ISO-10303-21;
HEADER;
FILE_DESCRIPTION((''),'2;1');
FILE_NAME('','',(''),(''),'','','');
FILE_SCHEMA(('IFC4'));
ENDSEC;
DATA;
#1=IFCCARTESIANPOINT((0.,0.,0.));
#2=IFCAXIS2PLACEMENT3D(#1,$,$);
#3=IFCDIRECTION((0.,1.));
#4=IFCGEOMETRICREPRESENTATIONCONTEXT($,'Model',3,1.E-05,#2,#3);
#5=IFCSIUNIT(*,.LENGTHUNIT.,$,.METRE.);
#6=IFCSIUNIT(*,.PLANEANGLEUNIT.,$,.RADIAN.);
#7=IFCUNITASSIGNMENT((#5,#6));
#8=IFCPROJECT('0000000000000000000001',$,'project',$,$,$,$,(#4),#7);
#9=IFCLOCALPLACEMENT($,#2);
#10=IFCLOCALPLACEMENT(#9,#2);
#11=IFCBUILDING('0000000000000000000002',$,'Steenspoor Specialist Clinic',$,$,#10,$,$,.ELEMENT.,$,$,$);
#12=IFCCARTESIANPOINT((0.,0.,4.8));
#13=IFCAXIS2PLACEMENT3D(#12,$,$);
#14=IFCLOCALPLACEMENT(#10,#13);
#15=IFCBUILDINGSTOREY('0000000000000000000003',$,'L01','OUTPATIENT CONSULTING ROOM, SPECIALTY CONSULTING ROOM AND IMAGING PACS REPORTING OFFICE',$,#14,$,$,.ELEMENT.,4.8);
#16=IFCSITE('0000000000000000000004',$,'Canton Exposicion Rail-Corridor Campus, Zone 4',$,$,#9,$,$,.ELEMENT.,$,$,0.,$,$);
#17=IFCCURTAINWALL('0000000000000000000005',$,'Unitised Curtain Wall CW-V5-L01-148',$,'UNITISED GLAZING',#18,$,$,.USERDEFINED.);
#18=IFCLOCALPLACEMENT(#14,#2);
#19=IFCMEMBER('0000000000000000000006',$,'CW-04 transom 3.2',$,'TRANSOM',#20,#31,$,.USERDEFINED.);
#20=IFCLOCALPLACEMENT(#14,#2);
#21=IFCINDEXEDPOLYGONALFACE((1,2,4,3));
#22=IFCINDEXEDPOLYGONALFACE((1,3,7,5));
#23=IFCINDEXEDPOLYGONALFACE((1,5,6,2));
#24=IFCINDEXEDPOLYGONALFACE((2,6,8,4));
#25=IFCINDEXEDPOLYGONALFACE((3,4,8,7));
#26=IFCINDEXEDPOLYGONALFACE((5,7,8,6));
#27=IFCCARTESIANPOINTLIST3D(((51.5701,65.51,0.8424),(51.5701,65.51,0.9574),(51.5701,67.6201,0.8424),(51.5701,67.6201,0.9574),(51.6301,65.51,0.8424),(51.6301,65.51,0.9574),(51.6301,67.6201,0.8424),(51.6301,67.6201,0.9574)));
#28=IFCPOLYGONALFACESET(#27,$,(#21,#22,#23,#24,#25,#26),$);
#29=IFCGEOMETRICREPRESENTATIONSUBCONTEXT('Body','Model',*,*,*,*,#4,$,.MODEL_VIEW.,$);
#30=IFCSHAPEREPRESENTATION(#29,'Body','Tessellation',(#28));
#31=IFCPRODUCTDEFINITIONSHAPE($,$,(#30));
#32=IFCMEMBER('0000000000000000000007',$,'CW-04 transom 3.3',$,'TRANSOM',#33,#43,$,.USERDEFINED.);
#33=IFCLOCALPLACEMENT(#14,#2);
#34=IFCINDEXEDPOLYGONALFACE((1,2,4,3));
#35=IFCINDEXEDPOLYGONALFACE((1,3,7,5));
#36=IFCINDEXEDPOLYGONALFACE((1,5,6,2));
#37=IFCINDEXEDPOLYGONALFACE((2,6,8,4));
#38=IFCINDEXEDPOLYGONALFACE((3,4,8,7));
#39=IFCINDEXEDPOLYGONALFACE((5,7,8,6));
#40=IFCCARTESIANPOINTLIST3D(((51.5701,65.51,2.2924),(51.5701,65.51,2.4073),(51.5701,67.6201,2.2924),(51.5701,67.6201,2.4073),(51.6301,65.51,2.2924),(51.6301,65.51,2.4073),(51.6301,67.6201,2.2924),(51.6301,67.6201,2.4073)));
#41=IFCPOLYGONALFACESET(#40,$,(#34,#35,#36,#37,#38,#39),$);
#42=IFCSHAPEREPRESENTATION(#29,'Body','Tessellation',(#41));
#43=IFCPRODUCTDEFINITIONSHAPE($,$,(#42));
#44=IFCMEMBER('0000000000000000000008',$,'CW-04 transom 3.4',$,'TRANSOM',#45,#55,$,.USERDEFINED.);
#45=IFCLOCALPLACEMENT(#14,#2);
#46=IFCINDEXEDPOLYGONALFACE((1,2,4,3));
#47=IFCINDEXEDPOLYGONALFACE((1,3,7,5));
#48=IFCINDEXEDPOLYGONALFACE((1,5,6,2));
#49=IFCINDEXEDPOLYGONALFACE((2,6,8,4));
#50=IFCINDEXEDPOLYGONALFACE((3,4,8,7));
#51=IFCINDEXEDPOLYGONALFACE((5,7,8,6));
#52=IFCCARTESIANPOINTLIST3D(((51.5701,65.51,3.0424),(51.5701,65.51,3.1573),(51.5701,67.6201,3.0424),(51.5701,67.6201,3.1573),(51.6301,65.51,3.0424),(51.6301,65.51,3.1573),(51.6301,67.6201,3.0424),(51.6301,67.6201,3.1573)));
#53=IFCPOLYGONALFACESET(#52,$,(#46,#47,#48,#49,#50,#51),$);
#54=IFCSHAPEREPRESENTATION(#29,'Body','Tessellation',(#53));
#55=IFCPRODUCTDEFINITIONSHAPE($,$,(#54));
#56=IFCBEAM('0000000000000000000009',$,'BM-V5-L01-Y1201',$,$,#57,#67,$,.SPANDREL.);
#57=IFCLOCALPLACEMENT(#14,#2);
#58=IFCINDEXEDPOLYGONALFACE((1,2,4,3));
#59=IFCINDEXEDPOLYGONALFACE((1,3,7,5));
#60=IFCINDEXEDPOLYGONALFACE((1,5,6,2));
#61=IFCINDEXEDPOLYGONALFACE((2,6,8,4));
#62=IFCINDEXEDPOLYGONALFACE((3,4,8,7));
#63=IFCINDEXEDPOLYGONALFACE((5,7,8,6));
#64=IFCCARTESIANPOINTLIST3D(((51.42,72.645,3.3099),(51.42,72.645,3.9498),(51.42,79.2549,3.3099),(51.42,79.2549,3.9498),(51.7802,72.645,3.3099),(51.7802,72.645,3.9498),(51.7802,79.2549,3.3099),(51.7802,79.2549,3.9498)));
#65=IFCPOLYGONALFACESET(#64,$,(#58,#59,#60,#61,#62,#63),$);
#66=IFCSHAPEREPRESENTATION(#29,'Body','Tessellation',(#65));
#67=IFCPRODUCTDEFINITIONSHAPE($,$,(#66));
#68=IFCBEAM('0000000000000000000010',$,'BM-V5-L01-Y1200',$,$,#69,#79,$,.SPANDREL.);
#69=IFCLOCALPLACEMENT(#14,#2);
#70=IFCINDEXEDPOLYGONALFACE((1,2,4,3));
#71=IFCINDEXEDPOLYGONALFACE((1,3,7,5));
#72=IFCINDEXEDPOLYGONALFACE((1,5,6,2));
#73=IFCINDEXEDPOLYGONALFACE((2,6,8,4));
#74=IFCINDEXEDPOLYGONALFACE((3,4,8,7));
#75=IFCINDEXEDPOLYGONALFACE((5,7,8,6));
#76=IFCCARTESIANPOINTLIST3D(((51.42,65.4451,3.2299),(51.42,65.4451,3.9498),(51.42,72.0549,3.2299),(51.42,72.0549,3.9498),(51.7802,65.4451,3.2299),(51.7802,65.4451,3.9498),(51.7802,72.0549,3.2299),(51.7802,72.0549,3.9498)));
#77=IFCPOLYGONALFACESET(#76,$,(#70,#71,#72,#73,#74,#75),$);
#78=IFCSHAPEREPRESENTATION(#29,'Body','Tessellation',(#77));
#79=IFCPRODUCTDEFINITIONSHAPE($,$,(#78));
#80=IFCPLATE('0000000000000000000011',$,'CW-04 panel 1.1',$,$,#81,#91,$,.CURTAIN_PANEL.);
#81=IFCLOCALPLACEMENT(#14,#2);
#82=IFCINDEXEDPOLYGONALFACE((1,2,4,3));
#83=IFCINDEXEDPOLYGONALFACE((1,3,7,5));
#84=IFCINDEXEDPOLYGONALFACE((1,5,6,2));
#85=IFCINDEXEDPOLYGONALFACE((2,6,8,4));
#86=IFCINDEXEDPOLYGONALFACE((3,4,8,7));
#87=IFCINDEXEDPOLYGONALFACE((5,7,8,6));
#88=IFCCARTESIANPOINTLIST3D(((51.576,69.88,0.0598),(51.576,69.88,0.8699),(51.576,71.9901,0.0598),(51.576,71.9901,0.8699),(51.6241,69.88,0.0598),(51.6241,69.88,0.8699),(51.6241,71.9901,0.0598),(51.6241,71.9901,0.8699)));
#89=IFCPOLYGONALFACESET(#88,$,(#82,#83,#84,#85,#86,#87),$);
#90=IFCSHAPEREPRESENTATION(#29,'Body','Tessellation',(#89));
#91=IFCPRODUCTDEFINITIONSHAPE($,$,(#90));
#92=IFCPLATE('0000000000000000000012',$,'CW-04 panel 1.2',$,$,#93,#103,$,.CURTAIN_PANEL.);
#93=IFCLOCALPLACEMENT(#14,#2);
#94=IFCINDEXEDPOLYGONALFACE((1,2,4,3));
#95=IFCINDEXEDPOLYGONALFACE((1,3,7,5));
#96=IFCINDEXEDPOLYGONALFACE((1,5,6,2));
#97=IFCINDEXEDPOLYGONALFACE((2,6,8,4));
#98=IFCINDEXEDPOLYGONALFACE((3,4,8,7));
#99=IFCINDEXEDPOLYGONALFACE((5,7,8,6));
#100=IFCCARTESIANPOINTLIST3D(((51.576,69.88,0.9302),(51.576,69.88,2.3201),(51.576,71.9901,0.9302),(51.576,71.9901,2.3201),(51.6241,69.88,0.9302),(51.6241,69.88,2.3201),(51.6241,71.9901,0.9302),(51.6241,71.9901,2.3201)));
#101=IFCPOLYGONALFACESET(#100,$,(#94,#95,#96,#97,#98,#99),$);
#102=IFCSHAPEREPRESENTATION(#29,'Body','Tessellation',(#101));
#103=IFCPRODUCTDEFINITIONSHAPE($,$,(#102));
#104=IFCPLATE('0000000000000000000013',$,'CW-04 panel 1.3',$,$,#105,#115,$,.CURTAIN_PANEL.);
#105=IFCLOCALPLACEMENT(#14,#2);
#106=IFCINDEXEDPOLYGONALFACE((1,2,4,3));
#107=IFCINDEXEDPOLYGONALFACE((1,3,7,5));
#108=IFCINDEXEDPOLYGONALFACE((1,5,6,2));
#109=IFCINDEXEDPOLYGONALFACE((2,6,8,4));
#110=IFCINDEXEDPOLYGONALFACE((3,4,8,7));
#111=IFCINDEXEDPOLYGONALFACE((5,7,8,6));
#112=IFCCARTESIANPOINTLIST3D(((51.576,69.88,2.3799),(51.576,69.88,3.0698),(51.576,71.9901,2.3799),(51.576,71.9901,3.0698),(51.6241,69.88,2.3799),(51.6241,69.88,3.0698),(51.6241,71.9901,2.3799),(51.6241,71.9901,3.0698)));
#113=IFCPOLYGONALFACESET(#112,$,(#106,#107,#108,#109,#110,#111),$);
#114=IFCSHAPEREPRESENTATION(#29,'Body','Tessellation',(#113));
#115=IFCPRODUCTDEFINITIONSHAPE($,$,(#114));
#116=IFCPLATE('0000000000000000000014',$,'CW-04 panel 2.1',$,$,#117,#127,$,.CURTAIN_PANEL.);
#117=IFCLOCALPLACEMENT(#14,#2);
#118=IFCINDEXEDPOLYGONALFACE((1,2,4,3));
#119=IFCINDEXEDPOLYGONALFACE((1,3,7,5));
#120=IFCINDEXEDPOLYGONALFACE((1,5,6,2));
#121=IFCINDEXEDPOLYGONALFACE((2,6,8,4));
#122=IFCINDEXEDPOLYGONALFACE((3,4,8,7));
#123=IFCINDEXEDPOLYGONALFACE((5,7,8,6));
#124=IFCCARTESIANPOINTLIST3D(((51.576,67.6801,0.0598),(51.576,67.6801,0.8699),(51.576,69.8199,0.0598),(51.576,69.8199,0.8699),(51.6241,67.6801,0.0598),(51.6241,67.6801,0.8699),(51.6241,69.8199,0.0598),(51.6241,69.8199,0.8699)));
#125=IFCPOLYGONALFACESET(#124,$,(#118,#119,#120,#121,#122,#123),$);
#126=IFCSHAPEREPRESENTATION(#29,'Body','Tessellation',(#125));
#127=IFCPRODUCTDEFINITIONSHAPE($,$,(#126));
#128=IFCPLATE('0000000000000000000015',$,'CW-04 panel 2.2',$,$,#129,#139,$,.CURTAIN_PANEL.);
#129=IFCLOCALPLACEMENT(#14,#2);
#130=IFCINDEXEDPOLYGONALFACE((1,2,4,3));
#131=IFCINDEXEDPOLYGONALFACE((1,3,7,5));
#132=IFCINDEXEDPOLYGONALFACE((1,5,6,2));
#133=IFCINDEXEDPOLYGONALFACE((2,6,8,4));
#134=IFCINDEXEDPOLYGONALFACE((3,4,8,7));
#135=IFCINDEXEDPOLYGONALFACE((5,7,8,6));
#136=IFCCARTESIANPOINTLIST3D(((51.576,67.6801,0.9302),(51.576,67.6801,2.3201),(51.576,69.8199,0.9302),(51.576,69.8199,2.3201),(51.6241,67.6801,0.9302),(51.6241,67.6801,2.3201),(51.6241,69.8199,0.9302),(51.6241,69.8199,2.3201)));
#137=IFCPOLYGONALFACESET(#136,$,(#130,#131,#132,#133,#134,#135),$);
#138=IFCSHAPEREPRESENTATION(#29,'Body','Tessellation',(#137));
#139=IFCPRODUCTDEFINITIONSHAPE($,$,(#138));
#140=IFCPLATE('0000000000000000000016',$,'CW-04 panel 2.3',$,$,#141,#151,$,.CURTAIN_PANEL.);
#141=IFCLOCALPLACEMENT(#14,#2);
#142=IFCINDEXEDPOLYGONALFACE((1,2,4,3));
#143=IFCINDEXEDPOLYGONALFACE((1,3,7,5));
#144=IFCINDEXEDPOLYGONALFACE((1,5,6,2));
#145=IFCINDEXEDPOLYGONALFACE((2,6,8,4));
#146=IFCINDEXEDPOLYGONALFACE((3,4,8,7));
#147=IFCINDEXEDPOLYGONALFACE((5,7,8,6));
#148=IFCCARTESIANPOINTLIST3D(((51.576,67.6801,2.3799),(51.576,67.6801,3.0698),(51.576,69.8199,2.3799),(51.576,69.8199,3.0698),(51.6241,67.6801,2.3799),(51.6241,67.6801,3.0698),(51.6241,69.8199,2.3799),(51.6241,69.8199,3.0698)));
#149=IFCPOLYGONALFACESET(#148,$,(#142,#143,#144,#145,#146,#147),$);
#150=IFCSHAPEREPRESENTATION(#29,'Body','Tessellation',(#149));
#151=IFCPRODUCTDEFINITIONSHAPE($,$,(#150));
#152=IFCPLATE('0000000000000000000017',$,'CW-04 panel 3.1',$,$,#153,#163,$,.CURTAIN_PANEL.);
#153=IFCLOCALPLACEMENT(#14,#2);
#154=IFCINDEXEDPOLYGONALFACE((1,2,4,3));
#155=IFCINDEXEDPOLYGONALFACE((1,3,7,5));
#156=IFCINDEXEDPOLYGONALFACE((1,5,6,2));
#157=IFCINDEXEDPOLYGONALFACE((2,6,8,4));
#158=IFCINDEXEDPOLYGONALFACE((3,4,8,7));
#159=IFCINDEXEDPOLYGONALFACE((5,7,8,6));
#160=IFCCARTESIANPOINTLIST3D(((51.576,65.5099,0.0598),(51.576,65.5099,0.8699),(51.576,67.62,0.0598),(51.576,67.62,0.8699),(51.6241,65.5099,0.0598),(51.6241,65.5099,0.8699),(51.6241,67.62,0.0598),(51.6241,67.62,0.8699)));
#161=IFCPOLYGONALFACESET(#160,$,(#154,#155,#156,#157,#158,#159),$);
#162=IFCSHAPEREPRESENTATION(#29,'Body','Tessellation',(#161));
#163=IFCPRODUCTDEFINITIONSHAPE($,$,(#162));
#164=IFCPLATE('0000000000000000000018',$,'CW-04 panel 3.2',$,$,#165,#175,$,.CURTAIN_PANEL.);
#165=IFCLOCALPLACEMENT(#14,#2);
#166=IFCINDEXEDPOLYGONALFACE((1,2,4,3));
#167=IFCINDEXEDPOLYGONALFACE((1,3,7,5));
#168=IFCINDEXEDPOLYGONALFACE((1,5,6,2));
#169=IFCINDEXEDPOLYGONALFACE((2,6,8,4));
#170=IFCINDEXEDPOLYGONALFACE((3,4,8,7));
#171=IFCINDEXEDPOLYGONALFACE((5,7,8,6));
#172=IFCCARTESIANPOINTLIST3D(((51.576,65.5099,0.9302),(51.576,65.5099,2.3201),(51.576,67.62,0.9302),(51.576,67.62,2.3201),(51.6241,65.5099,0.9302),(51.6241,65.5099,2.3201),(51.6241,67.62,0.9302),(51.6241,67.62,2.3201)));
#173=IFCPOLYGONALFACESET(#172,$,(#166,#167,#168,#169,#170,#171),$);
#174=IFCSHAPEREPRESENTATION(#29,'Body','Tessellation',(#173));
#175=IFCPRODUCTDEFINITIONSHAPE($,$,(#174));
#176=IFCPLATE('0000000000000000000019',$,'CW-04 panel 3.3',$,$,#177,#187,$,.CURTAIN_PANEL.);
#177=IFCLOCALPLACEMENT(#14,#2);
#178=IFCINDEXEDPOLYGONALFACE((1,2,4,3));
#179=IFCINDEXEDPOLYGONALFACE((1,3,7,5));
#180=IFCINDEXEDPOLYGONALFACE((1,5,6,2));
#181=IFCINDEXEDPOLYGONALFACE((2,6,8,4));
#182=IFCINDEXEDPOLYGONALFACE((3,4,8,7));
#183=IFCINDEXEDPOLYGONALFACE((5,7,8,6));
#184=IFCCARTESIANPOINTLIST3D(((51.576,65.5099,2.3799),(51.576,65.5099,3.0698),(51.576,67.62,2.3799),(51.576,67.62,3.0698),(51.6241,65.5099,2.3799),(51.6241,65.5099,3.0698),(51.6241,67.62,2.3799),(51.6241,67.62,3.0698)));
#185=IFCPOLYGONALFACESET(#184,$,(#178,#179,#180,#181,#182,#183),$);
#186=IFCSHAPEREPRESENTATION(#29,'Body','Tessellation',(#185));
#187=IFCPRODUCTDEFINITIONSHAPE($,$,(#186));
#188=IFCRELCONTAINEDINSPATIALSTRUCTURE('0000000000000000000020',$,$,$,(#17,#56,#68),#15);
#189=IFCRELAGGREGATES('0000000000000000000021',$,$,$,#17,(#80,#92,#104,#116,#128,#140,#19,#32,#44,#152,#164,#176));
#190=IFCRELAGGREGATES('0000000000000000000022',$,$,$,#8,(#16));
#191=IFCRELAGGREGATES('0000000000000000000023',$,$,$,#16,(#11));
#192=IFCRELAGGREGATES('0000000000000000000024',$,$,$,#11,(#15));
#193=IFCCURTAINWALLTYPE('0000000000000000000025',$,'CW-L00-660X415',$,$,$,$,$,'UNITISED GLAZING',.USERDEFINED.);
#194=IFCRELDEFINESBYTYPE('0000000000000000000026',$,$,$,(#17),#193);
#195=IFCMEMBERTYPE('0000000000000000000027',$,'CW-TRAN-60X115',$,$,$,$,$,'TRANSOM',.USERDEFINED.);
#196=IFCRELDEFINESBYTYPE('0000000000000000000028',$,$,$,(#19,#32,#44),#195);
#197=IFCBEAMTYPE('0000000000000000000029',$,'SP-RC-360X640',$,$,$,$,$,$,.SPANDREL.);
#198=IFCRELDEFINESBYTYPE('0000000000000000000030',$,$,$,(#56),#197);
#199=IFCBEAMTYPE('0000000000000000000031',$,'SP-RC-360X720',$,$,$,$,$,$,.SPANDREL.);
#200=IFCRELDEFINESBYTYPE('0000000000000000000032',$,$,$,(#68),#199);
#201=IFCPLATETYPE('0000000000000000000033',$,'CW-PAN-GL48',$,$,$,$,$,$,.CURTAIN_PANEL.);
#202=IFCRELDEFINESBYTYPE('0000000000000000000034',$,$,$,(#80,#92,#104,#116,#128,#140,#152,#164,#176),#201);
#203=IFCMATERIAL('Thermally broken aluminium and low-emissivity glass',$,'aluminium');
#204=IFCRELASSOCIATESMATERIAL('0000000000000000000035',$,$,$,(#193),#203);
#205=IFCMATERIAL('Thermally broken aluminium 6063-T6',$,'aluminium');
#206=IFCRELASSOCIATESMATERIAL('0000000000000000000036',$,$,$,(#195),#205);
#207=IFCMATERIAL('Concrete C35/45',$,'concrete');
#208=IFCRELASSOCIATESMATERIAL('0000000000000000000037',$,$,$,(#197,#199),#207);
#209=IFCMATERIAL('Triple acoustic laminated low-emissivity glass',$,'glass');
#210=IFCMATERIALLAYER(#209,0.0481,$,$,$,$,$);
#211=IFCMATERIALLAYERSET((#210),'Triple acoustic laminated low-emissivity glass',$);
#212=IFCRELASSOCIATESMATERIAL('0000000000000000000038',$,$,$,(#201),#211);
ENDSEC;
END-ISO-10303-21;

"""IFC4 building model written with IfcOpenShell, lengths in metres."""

from ifc_helpers import new_model, si_unit, direction, frame, origin, origin_2d, place, context, subcontext, project, spatial, rectangle, extrude, material, layer, layer_set, material_profile, profile_set, type_object, element, aggregate, save


model = new_model("IFC4")

# Units and contexts
model_context = context("Model", 3, precision=1e-05, world=origin(), true_north=direction((0.0, 1.0)))
body_context = subcontext(model_context, "Body", "Model", "MODEL_VIEW")
ifc_project = project(units=[si_unit("LENGTHUNIT", "METRE"), si_unit("PLANEANGLEUNIT", "RADIAN")], contexts=[model_context])

# Site, building, storey
site_placement = place(None, origin())
site = spatial("IfcSite", under=ifc_project, at=site_placement, Name="Canton Exposicion Rail-Corridor Campus, Zone 4", CompositionType="ELEMENT", RefElevation=0.0)
building_placement = place(site_placement, origin())
building = spatial("IfcBuilding", under=site, at=building_placement, Name="Steenspoor Specialist Clinic", CompositionType="ELEMENT")
storey_placement = place(building_placement, frame((0.0, 0.0, 4.8)))
storey = spatial("IfcBuildingStorey", under=building, at=storey_placement, Name="L01", Description="OUTPATIENT CONSULTING ROOM, SPECIALTY CONSULTING ROOM AND IMAGING PACS REPORTING OFFICE", CompositionType="ELEMENT", Elevation=4.8)

# Curtain wall, members
ifc_material_1 = material(Name="Thermally broken aluminium and low-emissivity glass", Category="aluminium")
curtain_wall_type = type_object("IfcCurtainWallType", Name="CW-L00-660X415", ElementType="UNITISED GLAZING", PredefinedType="USERDEFINED", material=ifc_material_1)
curtain_wall_placement = place(storey_placement, origin())
curtain_wall = element("IfcCurtainWall", 1, at=curtain_wall_placement, inside=storey, type_object=curtain_wall_type, Name="Unitised Curtain Wall CW-V5-L01-148", ObjectType="UNITISED GLAZING", PredefinedType="USERDEFINED")
ifc_material_2 = material(Name="Thermally broken aluminium 6063-T6", Category="aluminium")
ifc_material_profile_1 = material_profile(ifc_material_2, rectangle(XDim=0.0601, YDim=0.115, at=origin_2d()), Name="CWT-60X115")
ifc_profile_set_1 = profile_set([ifc_material_profile_1], Name="Thermally broken aluminium 6063-T6")
member_type_1 = type_object("IfcMemberType", Name="CW-TRAN-60X115", ElementType="TRANSOM", PredefinedType="USERDEFINED", material=ifc_profile_set_1)
member_1_placement = place(storey_placement, frame((51.6001, 67.6201, 0.8999), z_axis=(0.0, -1.0, 0.0), x_axis=(1.0, 0.0, 0.0)))
member_1 = element("IfcMember", 2, at=member_1_placement, type_object=member_type_1, Name="CW-04 transom 3.2", ObjectType="TRANSOM", PredefinedType="USERDEFINED", context=body_context, shape_type="SweptSolid", body=[
    extrude(rectangle(XDim=0.0601, YDim=0.115, at=origin_2d()), origin(), (0.0, 0.0, 1.0), 2.1101),
])
member_2_placement = place(storey_placement, frame((51.6001, 67.6201, 2.3499), z_axis=(0.0, -1.0, 0.0), x_axis=(1.0, 0.0, 0.0)))
member_2 = element("IfcMember", 3, at=member_2_placement, type_object=member_type_1, Name="CW-04 transom 3.3", ObjectType="TRANSOM", PredefinedType="USERDEFINED", context=body_context, shape_type="SweptSolid", body=[
    extrude(rectangle(XDim=0.0601, YDim=0.115, at=origin_2d()), origin(), (0.0, 0.0, 1.0), 2.1101),
])
member_3_placement = place(storey_placement, frame((51.6001, 67.6201, 3.0999), z_axis=(0.0, -1.0, 0.0), x_axis=(1.0, 0.0, 0.0)))
member_3 = element("IfcMember", 4, at=member_3_placement, type_object=member_type_1, Name="CW-04 transom 3.4", ObjectType="TRANSOM", PredefinedType="USERDEFINED", context=body_context, shape_type="SweptSolid", body=[
    extrude(rectangle(XDim=0.0601, YDim=0.115, at=origin_2d()), origin(), (0.0, 0.0, 1.0), 2.1101),
])

# Beams
ifc_material_3 = material(Name="Concrete C35/45", Category="concrete")
ifc_material_profile_2 = material_profile(ifc_material_3, rectangle(XDim=0.3601, YDim=0.6399, at=origin_2d()), Name="RC-SP-360X640")
ifc_profile_set_2 = profile_set([ifc_material_profile_2], Name="Concrete C35/45")
beam_type_1 = type_object("IfcBeamType", Name="SP-RC-360X640", PredefinedType="SPANDREL", material=ifc_profile_set_2)
beam_1_placement = place(storey_placement, frame((51.6001, 72.645, 3.6299), z_axis=(0.0, 1.0, 0.0), x_axis=(-1.0, 0.0, 0.0)))
element("IfcBeam", 5, at=beam_1_placement, inside=storey, type_object=beam_type_1, Name="BM-V5-L01-Y1201", PredefinedType="SPANDREL", context=body_context, shape_type="SweptSolid", body=[
    extrude(rectangle(XDim=0.3601, YDim=0.6399, at=origin_2d()), origin(), (0.0, 0.0, 1.0), 6.6099),
])
ifc_material_profile_3 = material_profile(ifc_material_3, rectangle(XDim=0.3601, YDim=0.72, at=origin_2d()), Name="RC-SP-360X720")
ifc_profile_set_3 = profile_set([ifc_material_profile_3], Name="Concrete C35/45")
beam_type_2 = type_object("IfcBeamType", Name="SP-RC-360X720", PredefinedType="SPANDREL", material=ifc_profile_set_3)
beam_2_placement = place(storey_placement, frame((51.6001, 65.4451, 3.5898), z_axis=(0.0, 1.0, 0.0), x_axis=(-1.0, 0.0, 0.0)))
element("IfcBeam", 6, at=beam_2_placement, inside=storey, type_object=beam_type_2, Name="BM-V5-L01-Y1200", PredefinedType="SPANDREL", context=body_context, shape_type="SweptSolid", body=[
    extrude(rectangle(XDim=0.3601, YDim=0.72, at=origin_2d()), origin(), (0.0, 0.0, 1.0), 6.6099),
])

# Plates
ifc_material_4 = material(Name="Triple acoustic laminated low-emissivity glass", Category="glass")
ifc_layer_1 = layer(ifc_material_4, 0.0481)
ifc_layer_set_1 = layer_set([ifc_layer_1], Name="Triple acoustic laminated low-emissivity glass")
plate_type = type_object("IfcPlateType", Name="CW-PAN-GL48", PredefinedType="CURTAIN_PANEL", material=ifc_layer_set_1)
plate_1_placement = place(storey_placement, frame((51.6001, 70.9351, 0.0598), z_axis=(0.0, 0.0, 1.0), x_axis=(0.0, -1.0, 0.0)))
plate_1 = element("IfcPlate", 7, at=plate_1_placement, type_object=plate_type, Name="CW-04 panel 1.1", PredefinedType="CURTAIN_PANEL", context=body_context, shape_type="SweptSolid", body=[
    extrude(rectangle(XDim=2.1101, YDim=0.0481, at=origin_2d()), origin(), (0.0, 0.0, 1.0), 0.8101),
])
plate_2_placement = place(storey_placement, frame((51.6001, 70.9351, 0.9302), z_axis=(0.0, 0.0, 1.0), x_axis=(0.0, -1.0, 0.0)))
plate_2 = element("IfcPlate", 8, at=plate_2_placement, type_object=plate_type, Name="CW-04 panel 1.2", PredefinedType="CURTAIN_PANEL", context=body_context, shape_type="SweptSolid", body=[
    extrude(rectangle(XDim=2.1101, YDim=0.0481, at=origin_2d()), origin(), (0.0, 0.0, 1.0), 1.3899),
])
plate_3_placement = place(storey_placement, frame((51.6001, 70.9351, 2.3799), z_axis=(0.0, 0.0, 1.0), x_axis=(0.0, -1.0, 0.0)))
plate_3 = element("IfcPlate", 9, at=plate_3_placement, type_object=plate_type, Name="CW-04 panel 1.3", PredefinedType="CURTAIN_PANEL", context=body_context, shape_type="SweptSolid", body=[
    extrude(rectangle(XDim=2.1101, YDim=0.0481, at=origin_2d()), origin(), (0.0, 0.0, 1.0), 0.6899),
])
plate_4_placement = place(storey_placement, frame((51.6001, 68.75, 0.0598), z_axis=(0.0, 0.0, 1.0), x_axis=(0.0, -1.0, 0.0)))
plate_4 = element("IfcPlate", 10, at=plate_4_placement, type_object=plate_type, Name="CW-04 panel 2.1", PredefinedType="CURTAIN_PANEL", context=body_context, shape_type="SweptSolid", body=[
    extrude(rectangle(XDim=2.1399, YDim=0.0481, at=origin_2d()), origin(), (0.0, 0.0, 1.0), 0.8101),
])
plate_5_placement = place(storey_placement, frame((51.6001, 68.75, 0.9302), z_axis=(0.0, 0.0, 1.0), x_axis=(0.0, -1.0, 0.0)))
plate_5 = element("IfcPlate", 11, at=plate_5_placement, type_object=plate_type, Name="CW-04 panel 2.2", PredefinedType="CURTAIN_PANEL", context=body_context, shape_type="SweptSolid", body=[
    extrude(rectangle(XDim=2.1399, YDim=0.0481, at=origin_2d()), origin(), (0.0, 0.0, 1.0), 1.3899),
])
plate_6_placement = place(storey_placement, frame((51.6001, 68.75, 2.3799), z_axis=(0.0, 0.0, 1.0), x_axis=(0.0, -1.0, 0.0)))
plate_6 = element("IfcPlate", 12, at=plate_6_placement, type_object=plate_type, Name="CW-04 panel 2.3", PredefinedType="CURTAIN_PANEL", context=body_context, shape_type="SweptSolid", body=[
    extrude(rectangle(XDim=2.1399, YDim=0.0481, at=origin_2d()), origin(), (0.0, 0.0, 1.0), 0.6899),
])
plate_7_placement = place(storey_placement, frame((51.6001, 66.5649, 0.0598), z_axis=(0.0, 0.0, 1.0), x_axis=(0.0, -1.0, 0.0)))
plate_7 = element("IfcPlate", 13, at=plate_7_placement, type_object=plate_type, Name="CW-04 panel 3.1", PredefinedType="CURTAIN_PANEL", context=body_context, shape_type="SweptSolid", body=[
    extrude(rectangle(XDim=2.1101, YDim=0.0481, at=origin_2d()), origin(), (0.0, 0.0, 1.0), 0.8101),
])
plate_8_placement = place(storey_placement, frame((51.6001, 66.5649, 0.9302), z_axis=(0.0, 0.0, 1.0), x_axis=(0.0, -1.0, 0.0)))
plate_8 = element("IfcPlate", 14, at=plate_8_placement, type_object=plate_type, Name="CW-04 panel 3.2", PredefinedType="CURTAIN_PANEL", context=body_context, shape_type="SweptSolid", body=[
    extrude(rectangle(XDim=2.1101, YDim=0.0481, at=origin_2d()), origin(), (0.0, 0.0, 1.0), 1.3899),
])
plate_9_placement = place(storey_placement, frame((51.6001, 66.5649, 2.3799), z_axis=(0.0, 0.0, 1.0), x_axis=(0.0, -1.0, 0.0)))
plate_9 = element("IfcPlate", 15, at=plate_9_placement, type_object=plate_type, Name="CW-04 panel 3.3", PredefinedType="CURTAIN_PANEL", context=body_context, shape_type="SweptSolid", body=[
    extrude(rectangle(XDim=2.1101, YDim=0.0481, at=origin_2d()), origin(), (0.0, 0.0, 1.0), 0.6899),
])
aggregate(curtain_wall, [plate_1, plate_2, plate_3, plate_4, plate_5, plate_6, member_1, member_2, member_3, plate_7, plate_8, plate_9])

save(model, "model.ifc")
